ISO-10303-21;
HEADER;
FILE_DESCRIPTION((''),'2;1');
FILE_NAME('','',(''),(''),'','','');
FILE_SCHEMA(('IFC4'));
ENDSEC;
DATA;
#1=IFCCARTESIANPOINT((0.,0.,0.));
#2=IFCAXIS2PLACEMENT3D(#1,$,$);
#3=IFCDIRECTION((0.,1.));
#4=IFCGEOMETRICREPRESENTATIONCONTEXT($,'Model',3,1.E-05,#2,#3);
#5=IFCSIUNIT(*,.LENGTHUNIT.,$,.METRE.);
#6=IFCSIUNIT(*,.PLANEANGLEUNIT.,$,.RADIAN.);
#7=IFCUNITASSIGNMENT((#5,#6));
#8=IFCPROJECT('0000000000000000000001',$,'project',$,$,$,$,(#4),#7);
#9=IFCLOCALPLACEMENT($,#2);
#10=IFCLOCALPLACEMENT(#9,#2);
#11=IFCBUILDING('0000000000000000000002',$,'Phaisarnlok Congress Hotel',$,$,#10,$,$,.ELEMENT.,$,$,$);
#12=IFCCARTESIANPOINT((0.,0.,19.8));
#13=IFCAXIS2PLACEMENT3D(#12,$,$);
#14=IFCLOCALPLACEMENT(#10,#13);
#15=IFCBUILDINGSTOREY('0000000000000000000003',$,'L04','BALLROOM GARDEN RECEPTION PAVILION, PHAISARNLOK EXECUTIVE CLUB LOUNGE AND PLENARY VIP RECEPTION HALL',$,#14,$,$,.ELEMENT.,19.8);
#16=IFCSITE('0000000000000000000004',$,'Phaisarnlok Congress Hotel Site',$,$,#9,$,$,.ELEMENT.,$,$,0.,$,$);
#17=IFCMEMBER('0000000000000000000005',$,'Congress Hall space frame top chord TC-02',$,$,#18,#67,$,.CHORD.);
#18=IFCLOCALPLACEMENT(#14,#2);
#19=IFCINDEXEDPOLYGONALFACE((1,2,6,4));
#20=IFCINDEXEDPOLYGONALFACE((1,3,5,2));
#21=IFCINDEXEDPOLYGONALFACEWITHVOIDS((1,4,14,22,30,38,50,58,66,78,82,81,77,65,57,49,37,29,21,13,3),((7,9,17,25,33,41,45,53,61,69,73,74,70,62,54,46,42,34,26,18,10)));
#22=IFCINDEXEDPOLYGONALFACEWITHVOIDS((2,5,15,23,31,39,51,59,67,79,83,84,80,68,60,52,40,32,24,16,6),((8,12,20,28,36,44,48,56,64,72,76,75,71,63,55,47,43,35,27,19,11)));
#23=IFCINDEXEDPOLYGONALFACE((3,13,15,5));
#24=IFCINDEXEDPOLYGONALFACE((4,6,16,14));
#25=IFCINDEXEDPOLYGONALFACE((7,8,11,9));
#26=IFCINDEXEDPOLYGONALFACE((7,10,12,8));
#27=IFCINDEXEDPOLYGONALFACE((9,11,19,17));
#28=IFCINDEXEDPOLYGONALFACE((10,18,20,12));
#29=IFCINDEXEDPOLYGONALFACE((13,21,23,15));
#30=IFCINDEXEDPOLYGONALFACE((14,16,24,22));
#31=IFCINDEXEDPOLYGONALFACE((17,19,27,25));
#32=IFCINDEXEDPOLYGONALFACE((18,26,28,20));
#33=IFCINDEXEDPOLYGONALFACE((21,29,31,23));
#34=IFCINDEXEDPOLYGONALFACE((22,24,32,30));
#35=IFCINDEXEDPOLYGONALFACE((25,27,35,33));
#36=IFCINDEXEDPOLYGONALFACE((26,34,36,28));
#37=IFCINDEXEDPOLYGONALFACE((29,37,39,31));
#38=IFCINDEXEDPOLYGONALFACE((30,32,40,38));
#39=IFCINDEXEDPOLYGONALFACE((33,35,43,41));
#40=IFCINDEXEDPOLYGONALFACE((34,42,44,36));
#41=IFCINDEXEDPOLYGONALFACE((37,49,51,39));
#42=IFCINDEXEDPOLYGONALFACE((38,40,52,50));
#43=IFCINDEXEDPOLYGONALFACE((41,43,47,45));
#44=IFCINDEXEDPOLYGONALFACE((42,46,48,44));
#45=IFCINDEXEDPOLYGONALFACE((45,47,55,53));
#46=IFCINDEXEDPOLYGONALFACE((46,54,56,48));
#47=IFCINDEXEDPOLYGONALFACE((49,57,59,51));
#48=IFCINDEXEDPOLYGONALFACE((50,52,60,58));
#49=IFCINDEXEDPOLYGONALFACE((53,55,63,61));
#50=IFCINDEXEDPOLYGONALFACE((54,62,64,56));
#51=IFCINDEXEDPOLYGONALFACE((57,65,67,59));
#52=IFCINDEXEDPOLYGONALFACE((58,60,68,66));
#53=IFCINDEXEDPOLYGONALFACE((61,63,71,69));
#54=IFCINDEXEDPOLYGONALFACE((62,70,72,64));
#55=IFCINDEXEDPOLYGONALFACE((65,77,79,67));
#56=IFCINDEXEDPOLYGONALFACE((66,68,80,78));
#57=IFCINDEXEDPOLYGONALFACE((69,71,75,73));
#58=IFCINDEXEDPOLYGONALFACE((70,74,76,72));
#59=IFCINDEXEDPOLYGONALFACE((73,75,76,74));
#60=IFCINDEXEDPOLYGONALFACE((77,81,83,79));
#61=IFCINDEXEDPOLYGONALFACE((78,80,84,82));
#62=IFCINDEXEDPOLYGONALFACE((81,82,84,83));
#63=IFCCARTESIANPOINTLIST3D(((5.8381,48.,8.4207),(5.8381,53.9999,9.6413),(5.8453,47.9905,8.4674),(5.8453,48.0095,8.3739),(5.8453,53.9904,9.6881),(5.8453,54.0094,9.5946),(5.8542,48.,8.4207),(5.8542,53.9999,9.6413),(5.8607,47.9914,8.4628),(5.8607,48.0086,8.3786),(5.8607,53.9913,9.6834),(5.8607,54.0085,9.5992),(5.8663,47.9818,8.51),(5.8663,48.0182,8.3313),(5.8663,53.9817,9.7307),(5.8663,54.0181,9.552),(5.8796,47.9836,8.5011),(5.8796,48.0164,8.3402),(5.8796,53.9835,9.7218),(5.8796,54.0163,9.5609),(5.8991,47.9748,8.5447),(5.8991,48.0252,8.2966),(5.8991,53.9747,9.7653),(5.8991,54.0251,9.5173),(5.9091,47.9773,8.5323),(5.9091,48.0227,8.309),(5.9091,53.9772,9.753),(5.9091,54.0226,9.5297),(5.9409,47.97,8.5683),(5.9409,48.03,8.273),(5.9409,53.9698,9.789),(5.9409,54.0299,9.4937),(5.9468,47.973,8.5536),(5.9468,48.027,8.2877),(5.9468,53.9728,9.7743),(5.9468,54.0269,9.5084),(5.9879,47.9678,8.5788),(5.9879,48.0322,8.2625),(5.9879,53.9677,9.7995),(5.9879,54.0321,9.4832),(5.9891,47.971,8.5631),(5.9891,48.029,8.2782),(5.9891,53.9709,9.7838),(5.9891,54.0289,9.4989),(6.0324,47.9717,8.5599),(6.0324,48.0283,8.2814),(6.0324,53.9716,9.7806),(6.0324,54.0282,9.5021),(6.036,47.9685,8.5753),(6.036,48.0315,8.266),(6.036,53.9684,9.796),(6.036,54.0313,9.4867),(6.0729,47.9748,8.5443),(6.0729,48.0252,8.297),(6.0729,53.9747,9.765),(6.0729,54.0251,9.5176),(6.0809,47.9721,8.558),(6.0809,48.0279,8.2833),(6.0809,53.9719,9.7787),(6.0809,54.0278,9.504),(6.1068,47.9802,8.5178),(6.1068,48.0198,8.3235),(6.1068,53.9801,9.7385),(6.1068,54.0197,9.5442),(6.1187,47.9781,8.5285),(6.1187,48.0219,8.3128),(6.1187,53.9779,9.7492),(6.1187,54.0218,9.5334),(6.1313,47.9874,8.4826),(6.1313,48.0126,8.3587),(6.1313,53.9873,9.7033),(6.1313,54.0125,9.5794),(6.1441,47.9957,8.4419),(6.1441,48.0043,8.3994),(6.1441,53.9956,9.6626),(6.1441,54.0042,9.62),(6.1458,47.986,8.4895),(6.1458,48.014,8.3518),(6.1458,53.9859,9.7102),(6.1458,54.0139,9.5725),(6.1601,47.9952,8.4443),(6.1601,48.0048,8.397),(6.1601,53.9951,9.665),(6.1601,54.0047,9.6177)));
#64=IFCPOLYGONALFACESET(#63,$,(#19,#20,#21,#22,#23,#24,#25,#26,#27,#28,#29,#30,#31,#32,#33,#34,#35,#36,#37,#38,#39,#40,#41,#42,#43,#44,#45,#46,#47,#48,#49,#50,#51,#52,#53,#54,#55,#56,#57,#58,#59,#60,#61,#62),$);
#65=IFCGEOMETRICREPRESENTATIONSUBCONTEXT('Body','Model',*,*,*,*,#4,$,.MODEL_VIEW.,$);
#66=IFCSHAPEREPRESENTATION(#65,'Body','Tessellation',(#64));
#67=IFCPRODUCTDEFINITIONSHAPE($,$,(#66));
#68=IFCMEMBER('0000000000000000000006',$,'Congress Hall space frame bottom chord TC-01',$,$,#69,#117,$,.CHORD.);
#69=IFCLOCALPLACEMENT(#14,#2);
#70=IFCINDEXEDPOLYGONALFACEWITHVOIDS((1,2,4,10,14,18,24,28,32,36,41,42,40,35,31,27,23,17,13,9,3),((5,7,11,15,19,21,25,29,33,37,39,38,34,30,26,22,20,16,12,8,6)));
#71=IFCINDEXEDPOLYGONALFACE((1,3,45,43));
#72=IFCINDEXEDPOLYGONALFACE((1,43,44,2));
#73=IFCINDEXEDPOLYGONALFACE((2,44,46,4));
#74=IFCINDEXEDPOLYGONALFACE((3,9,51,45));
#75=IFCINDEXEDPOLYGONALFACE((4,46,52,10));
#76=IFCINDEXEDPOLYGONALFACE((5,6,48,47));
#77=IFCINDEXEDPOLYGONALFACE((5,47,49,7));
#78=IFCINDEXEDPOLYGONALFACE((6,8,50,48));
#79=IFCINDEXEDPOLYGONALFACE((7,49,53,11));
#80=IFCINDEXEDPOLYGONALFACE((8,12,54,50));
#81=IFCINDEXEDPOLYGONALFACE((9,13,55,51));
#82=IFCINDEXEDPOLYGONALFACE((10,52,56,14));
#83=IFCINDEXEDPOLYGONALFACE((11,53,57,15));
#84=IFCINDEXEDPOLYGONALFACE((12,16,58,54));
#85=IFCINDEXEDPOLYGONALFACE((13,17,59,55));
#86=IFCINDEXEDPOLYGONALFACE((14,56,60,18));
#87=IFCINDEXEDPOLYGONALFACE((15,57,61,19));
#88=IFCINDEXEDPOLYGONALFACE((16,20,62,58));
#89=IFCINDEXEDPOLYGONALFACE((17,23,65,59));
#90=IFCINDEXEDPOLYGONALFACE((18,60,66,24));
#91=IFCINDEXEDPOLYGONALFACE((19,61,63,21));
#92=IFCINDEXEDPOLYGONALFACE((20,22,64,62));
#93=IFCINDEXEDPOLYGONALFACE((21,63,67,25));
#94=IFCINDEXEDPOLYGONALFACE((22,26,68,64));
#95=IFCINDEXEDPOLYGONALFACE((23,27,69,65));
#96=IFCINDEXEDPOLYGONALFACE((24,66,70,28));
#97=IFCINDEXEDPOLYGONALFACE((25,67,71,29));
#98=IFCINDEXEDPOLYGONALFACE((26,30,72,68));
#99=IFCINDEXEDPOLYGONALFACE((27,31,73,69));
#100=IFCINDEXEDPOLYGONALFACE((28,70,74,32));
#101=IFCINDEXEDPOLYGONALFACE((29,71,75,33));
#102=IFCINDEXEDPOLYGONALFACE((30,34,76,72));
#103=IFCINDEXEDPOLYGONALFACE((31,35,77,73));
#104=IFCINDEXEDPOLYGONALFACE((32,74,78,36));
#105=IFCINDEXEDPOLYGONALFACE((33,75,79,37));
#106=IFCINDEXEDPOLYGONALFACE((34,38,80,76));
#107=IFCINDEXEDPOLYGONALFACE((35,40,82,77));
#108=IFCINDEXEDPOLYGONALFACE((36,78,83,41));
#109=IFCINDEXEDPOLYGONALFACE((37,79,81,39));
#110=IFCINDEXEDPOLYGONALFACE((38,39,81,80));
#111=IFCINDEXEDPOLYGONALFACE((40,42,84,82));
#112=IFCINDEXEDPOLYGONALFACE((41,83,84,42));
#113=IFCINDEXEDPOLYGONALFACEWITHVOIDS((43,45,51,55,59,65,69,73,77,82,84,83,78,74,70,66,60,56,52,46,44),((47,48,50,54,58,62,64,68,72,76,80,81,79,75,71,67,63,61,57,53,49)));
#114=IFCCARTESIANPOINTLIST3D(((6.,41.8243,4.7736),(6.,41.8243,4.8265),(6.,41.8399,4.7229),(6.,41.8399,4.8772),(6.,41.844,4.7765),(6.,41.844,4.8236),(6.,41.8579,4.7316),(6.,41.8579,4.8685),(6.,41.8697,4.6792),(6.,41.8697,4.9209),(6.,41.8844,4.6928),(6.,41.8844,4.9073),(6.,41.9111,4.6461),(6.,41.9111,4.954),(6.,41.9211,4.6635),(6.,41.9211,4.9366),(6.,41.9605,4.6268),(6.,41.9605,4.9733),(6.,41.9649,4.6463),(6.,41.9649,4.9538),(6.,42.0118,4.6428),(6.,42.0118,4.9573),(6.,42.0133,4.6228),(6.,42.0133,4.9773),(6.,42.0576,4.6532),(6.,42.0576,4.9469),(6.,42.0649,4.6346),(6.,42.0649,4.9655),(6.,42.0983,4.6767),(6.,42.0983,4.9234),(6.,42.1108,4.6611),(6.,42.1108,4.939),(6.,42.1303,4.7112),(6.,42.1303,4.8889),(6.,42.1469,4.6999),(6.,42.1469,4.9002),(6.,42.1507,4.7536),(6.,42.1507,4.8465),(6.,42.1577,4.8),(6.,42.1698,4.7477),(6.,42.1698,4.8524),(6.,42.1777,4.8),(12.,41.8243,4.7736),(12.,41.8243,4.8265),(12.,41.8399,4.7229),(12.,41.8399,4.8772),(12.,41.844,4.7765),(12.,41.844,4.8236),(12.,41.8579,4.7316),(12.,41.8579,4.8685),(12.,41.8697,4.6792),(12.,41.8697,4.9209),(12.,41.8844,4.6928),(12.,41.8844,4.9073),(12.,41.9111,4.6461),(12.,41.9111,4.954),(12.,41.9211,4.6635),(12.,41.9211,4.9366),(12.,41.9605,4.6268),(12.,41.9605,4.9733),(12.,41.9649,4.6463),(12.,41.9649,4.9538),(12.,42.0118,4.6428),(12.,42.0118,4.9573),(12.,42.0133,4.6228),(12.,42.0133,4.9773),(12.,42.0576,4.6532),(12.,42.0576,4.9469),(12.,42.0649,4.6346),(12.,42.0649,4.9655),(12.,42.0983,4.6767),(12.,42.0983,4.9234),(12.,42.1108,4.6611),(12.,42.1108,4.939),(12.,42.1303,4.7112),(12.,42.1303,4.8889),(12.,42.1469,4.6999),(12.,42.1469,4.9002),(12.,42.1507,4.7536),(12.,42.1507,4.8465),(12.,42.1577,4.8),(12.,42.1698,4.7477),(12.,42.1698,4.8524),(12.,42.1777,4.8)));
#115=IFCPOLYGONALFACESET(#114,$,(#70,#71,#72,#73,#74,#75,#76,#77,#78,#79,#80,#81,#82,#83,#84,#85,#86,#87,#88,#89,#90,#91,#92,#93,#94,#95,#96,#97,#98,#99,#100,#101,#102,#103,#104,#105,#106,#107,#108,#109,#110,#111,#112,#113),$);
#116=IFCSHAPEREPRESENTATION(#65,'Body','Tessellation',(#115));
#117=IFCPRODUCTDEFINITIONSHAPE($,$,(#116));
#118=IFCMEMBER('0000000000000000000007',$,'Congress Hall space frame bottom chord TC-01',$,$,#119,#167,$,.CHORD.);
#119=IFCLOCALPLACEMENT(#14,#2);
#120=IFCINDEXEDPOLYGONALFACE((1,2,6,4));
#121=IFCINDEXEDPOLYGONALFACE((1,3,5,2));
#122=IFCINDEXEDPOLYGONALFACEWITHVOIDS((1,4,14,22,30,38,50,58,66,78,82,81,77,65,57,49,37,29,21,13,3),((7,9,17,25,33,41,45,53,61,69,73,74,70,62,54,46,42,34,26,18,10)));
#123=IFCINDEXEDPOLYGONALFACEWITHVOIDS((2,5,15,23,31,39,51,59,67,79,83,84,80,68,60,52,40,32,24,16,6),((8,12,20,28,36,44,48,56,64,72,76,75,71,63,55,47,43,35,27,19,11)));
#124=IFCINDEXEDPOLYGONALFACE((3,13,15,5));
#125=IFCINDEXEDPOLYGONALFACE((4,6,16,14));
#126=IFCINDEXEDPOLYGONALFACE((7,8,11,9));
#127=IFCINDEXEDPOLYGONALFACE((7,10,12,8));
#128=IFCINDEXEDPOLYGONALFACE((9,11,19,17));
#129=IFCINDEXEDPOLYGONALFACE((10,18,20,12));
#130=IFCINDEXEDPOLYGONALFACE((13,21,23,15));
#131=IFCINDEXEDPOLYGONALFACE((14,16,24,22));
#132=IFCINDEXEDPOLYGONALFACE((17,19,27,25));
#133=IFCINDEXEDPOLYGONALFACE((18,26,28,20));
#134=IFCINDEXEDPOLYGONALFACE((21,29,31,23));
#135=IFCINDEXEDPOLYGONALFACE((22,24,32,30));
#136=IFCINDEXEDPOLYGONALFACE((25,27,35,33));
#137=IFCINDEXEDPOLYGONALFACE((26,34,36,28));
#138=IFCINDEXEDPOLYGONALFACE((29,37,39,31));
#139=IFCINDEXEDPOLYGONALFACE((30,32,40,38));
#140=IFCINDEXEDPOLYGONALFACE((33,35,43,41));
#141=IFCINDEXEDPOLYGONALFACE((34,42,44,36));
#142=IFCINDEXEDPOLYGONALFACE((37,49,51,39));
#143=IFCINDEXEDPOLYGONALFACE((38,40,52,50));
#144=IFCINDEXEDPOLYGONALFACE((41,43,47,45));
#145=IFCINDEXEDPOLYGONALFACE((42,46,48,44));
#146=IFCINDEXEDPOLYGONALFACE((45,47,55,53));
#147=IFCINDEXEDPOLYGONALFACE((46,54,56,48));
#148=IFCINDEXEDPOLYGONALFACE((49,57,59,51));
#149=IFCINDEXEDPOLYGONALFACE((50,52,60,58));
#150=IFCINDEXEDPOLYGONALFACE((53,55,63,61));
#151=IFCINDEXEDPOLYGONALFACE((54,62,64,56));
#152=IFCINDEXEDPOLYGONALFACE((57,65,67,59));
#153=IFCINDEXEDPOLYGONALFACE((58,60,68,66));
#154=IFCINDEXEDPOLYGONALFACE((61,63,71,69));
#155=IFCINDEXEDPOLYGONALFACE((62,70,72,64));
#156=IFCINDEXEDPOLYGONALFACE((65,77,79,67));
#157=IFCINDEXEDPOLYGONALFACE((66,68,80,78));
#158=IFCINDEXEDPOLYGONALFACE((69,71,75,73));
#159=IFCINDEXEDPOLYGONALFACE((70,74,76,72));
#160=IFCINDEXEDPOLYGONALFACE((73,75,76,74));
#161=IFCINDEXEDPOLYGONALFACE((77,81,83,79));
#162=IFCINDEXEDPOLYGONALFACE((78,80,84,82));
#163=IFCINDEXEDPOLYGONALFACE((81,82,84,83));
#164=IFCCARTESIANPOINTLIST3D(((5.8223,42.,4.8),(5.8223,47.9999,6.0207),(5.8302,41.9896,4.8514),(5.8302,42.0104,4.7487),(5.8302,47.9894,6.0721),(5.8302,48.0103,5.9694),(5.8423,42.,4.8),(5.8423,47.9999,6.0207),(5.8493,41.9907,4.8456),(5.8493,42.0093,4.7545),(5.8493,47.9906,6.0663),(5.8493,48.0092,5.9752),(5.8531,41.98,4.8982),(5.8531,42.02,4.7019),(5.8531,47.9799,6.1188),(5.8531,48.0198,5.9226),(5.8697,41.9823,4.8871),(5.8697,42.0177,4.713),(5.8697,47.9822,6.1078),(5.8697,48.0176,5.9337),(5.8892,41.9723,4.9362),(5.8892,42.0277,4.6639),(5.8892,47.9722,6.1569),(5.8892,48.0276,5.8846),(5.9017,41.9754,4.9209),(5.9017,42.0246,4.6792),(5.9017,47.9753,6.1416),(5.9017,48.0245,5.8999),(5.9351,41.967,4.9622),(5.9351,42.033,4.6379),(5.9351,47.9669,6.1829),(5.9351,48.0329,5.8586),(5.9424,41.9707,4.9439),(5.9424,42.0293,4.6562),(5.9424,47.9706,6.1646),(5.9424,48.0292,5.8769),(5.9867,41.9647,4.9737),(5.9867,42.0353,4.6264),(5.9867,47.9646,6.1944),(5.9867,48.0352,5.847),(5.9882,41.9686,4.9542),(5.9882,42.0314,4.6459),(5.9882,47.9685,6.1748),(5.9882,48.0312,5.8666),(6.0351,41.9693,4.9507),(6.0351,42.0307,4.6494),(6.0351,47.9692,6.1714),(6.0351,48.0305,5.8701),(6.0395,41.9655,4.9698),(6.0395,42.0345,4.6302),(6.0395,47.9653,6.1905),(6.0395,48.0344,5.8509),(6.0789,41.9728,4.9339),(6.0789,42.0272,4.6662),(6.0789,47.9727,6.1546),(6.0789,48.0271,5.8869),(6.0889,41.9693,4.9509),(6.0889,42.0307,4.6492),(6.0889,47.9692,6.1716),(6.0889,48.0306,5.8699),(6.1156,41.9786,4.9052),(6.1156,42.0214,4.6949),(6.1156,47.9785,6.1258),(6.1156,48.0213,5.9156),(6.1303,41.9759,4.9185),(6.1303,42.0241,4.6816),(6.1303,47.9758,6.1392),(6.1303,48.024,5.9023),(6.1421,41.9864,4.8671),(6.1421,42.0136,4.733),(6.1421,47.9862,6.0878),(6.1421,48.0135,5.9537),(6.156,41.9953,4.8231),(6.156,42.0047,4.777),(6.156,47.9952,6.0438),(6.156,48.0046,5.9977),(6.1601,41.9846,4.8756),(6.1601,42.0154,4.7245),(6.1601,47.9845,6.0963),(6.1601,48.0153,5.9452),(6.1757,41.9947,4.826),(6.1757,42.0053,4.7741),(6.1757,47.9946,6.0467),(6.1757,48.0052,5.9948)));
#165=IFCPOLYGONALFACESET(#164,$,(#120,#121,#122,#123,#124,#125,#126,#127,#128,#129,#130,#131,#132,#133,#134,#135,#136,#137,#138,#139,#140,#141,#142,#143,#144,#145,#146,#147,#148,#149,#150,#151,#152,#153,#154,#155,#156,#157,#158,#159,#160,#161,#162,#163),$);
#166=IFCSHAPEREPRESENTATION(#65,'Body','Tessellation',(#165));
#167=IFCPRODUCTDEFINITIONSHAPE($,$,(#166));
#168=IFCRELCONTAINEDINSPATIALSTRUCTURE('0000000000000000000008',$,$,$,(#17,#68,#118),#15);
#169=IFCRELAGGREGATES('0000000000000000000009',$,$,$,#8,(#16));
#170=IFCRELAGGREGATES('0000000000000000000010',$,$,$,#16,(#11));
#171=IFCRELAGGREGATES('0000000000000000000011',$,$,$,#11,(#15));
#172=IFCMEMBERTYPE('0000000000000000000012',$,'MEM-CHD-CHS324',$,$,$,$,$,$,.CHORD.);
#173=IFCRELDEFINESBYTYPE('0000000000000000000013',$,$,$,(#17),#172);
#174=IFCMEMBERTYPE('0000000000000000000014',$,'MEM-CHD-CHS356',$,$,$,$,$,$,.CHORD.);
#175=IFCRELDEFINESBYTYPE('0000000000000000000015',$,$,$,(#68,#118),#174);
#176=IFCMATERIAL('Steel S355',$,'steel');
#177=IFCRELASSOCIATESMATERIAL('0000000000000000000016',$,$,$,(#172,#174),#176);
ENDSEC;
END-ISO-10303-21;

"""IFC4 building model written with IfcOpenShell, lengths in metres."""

from ifc_helpers import new_model, si_unit, direction, frame, origin, origin_2d, place, context, subcontext, project, spatial, hollow_circle, extrude, material, material_profile, profile_set, type_object, element, save


model = new_model("IFC4")

# Units and contexts
model_context = context("Model", 3, precision=1e-05, world=origin(), true_north=direction((0.0, 1.0)))
body_context = subcontext(model_context, "Body", "Model", "MODEL_VIEW")
ifc_project = project(units=[si_unit("LENGTHUNIT", "METRE"), si_unit("PLANEANGLEUNIT", "RADIAN")], contexts=[model_context])

# Site, building, storey
site_placement = place(None, origin())
site = spatial("IfcSite", under=ifc_project, at=site_placement, Name="Phaisarnlok Congress Hotel Site", CompositionType="ELEMENT", RefElevation=0.0)
building_placement = place(site_placement, origin())
building = spatial("IfcBuilding", under=site, at=building_placement, Name="Phaisarnlok Congress Hotel", CompositionType="ELEMENT")
storey_placement = place(building_placement, frame((0.0, 0.0, 19.8)))
storey = spatial("IfcBuildingStorey", under=building, at=storey_placement, Name="L04", Description="BALLROOM GARDEN RECEPTION PAVILION, PHAISARNLOK EXECUTIVE CLUB LOUNGE AND PLENARY VIP RECEPTION HALL", CompositionType="ELEMENT", Elevation=19.8)

# Members
ifc_material_1 = material(Name="Steel S355", Category="steel")
ifc_material_profile_1 = material_profile(ifc_material_1, hollow_circle(Radius=0.1619, WallThickness=0.0161, at=origin_2d()), Name="CHS 323.9x16")
ifc_profile_set_1 = profile_set([ifc_material_profile_1], Name="Steel S355")
member_type_1 = type_object("IfcMemberType", Name="MEM-CHD-CHS324", PredefinedType="CHORD", material=ifc_profile_set_1)
member_1_placement = place(storey_placement, frame((6.0, 48.0, 8.4207), z_axis=(0.0, 0.979925, 0.199366), x_axis=(-1.0, 0.0, 0.0)))
element("IfcMember", 1, at=member_1_placement, inside=storey, type_object=member_type_1, Name="Congress Hall space frame top chord TC-02", PredefinedType="CHORD", context=body_context, shape_type="SweptSolid", body=[
    extrude(hollow_circle(Radius=0.1619, WallThickness=0.0161, at=origin_2d()), origin(), (0.0, 0.0, 1.0), 6.1228),
])
ifc_material_profile_2 = material_profile(ifc_material_1, hollow_circle(Radius=0.1777, WallThickness=0.02, at=origin_2d()), Name="CHS 355.6x20")
ifc_profile_set_2 = profile_set([ifc_material_profile_2], Name="Steel S355")
member_type_2 = type_object("IfcMemberType", Name="MEM-CHD-CHS356", PredefinedType="CHORD", material=ifc_profile_set_2)
member_2_placement = place(storey_placement, frame((6.0, 42.0, 4.8), z_axis=(1.0, 0.0, 0.0), x_axis=(0.0, 1.0, 0.0)))
element("IfcMember", 2, at=member_2_placement, inside=storey, type_object=member_type_2, Name="Congress Hall space frame bottom chord TC-01", PredefinedType="CHORD", context=body_context, shape_type="SweptSolid", body=[
    extrude(hollow_circle(Radius=0.1777, WallThickness=0.02, at=origin_2d()), origin(), (0.0, 0.0, 1.0), 6.0),
])
member_3_placement = place(storey_placement, frame((6.0, 42.0, 4.8), z_axis=(0.0, 0.979925, 0.199366), x_axis=(-1.0, 0.0, 0.0)))
element("IfcMember", 3, at=member_3_placement, inside=storey, type_object=member_type_2, Name="Congress Hall space frame bottom chord TC-01", PredefinedType="CHORD", context=body_context, shape_type="SweptSolid", body=[
    extrude(hollow_circle(Radius=0.1777, WallThickness=0.02, at=origin_2d()), origin(), (0.0, 0.0, 1.0), 6.1228),
])

save(model, "model.ifc")
